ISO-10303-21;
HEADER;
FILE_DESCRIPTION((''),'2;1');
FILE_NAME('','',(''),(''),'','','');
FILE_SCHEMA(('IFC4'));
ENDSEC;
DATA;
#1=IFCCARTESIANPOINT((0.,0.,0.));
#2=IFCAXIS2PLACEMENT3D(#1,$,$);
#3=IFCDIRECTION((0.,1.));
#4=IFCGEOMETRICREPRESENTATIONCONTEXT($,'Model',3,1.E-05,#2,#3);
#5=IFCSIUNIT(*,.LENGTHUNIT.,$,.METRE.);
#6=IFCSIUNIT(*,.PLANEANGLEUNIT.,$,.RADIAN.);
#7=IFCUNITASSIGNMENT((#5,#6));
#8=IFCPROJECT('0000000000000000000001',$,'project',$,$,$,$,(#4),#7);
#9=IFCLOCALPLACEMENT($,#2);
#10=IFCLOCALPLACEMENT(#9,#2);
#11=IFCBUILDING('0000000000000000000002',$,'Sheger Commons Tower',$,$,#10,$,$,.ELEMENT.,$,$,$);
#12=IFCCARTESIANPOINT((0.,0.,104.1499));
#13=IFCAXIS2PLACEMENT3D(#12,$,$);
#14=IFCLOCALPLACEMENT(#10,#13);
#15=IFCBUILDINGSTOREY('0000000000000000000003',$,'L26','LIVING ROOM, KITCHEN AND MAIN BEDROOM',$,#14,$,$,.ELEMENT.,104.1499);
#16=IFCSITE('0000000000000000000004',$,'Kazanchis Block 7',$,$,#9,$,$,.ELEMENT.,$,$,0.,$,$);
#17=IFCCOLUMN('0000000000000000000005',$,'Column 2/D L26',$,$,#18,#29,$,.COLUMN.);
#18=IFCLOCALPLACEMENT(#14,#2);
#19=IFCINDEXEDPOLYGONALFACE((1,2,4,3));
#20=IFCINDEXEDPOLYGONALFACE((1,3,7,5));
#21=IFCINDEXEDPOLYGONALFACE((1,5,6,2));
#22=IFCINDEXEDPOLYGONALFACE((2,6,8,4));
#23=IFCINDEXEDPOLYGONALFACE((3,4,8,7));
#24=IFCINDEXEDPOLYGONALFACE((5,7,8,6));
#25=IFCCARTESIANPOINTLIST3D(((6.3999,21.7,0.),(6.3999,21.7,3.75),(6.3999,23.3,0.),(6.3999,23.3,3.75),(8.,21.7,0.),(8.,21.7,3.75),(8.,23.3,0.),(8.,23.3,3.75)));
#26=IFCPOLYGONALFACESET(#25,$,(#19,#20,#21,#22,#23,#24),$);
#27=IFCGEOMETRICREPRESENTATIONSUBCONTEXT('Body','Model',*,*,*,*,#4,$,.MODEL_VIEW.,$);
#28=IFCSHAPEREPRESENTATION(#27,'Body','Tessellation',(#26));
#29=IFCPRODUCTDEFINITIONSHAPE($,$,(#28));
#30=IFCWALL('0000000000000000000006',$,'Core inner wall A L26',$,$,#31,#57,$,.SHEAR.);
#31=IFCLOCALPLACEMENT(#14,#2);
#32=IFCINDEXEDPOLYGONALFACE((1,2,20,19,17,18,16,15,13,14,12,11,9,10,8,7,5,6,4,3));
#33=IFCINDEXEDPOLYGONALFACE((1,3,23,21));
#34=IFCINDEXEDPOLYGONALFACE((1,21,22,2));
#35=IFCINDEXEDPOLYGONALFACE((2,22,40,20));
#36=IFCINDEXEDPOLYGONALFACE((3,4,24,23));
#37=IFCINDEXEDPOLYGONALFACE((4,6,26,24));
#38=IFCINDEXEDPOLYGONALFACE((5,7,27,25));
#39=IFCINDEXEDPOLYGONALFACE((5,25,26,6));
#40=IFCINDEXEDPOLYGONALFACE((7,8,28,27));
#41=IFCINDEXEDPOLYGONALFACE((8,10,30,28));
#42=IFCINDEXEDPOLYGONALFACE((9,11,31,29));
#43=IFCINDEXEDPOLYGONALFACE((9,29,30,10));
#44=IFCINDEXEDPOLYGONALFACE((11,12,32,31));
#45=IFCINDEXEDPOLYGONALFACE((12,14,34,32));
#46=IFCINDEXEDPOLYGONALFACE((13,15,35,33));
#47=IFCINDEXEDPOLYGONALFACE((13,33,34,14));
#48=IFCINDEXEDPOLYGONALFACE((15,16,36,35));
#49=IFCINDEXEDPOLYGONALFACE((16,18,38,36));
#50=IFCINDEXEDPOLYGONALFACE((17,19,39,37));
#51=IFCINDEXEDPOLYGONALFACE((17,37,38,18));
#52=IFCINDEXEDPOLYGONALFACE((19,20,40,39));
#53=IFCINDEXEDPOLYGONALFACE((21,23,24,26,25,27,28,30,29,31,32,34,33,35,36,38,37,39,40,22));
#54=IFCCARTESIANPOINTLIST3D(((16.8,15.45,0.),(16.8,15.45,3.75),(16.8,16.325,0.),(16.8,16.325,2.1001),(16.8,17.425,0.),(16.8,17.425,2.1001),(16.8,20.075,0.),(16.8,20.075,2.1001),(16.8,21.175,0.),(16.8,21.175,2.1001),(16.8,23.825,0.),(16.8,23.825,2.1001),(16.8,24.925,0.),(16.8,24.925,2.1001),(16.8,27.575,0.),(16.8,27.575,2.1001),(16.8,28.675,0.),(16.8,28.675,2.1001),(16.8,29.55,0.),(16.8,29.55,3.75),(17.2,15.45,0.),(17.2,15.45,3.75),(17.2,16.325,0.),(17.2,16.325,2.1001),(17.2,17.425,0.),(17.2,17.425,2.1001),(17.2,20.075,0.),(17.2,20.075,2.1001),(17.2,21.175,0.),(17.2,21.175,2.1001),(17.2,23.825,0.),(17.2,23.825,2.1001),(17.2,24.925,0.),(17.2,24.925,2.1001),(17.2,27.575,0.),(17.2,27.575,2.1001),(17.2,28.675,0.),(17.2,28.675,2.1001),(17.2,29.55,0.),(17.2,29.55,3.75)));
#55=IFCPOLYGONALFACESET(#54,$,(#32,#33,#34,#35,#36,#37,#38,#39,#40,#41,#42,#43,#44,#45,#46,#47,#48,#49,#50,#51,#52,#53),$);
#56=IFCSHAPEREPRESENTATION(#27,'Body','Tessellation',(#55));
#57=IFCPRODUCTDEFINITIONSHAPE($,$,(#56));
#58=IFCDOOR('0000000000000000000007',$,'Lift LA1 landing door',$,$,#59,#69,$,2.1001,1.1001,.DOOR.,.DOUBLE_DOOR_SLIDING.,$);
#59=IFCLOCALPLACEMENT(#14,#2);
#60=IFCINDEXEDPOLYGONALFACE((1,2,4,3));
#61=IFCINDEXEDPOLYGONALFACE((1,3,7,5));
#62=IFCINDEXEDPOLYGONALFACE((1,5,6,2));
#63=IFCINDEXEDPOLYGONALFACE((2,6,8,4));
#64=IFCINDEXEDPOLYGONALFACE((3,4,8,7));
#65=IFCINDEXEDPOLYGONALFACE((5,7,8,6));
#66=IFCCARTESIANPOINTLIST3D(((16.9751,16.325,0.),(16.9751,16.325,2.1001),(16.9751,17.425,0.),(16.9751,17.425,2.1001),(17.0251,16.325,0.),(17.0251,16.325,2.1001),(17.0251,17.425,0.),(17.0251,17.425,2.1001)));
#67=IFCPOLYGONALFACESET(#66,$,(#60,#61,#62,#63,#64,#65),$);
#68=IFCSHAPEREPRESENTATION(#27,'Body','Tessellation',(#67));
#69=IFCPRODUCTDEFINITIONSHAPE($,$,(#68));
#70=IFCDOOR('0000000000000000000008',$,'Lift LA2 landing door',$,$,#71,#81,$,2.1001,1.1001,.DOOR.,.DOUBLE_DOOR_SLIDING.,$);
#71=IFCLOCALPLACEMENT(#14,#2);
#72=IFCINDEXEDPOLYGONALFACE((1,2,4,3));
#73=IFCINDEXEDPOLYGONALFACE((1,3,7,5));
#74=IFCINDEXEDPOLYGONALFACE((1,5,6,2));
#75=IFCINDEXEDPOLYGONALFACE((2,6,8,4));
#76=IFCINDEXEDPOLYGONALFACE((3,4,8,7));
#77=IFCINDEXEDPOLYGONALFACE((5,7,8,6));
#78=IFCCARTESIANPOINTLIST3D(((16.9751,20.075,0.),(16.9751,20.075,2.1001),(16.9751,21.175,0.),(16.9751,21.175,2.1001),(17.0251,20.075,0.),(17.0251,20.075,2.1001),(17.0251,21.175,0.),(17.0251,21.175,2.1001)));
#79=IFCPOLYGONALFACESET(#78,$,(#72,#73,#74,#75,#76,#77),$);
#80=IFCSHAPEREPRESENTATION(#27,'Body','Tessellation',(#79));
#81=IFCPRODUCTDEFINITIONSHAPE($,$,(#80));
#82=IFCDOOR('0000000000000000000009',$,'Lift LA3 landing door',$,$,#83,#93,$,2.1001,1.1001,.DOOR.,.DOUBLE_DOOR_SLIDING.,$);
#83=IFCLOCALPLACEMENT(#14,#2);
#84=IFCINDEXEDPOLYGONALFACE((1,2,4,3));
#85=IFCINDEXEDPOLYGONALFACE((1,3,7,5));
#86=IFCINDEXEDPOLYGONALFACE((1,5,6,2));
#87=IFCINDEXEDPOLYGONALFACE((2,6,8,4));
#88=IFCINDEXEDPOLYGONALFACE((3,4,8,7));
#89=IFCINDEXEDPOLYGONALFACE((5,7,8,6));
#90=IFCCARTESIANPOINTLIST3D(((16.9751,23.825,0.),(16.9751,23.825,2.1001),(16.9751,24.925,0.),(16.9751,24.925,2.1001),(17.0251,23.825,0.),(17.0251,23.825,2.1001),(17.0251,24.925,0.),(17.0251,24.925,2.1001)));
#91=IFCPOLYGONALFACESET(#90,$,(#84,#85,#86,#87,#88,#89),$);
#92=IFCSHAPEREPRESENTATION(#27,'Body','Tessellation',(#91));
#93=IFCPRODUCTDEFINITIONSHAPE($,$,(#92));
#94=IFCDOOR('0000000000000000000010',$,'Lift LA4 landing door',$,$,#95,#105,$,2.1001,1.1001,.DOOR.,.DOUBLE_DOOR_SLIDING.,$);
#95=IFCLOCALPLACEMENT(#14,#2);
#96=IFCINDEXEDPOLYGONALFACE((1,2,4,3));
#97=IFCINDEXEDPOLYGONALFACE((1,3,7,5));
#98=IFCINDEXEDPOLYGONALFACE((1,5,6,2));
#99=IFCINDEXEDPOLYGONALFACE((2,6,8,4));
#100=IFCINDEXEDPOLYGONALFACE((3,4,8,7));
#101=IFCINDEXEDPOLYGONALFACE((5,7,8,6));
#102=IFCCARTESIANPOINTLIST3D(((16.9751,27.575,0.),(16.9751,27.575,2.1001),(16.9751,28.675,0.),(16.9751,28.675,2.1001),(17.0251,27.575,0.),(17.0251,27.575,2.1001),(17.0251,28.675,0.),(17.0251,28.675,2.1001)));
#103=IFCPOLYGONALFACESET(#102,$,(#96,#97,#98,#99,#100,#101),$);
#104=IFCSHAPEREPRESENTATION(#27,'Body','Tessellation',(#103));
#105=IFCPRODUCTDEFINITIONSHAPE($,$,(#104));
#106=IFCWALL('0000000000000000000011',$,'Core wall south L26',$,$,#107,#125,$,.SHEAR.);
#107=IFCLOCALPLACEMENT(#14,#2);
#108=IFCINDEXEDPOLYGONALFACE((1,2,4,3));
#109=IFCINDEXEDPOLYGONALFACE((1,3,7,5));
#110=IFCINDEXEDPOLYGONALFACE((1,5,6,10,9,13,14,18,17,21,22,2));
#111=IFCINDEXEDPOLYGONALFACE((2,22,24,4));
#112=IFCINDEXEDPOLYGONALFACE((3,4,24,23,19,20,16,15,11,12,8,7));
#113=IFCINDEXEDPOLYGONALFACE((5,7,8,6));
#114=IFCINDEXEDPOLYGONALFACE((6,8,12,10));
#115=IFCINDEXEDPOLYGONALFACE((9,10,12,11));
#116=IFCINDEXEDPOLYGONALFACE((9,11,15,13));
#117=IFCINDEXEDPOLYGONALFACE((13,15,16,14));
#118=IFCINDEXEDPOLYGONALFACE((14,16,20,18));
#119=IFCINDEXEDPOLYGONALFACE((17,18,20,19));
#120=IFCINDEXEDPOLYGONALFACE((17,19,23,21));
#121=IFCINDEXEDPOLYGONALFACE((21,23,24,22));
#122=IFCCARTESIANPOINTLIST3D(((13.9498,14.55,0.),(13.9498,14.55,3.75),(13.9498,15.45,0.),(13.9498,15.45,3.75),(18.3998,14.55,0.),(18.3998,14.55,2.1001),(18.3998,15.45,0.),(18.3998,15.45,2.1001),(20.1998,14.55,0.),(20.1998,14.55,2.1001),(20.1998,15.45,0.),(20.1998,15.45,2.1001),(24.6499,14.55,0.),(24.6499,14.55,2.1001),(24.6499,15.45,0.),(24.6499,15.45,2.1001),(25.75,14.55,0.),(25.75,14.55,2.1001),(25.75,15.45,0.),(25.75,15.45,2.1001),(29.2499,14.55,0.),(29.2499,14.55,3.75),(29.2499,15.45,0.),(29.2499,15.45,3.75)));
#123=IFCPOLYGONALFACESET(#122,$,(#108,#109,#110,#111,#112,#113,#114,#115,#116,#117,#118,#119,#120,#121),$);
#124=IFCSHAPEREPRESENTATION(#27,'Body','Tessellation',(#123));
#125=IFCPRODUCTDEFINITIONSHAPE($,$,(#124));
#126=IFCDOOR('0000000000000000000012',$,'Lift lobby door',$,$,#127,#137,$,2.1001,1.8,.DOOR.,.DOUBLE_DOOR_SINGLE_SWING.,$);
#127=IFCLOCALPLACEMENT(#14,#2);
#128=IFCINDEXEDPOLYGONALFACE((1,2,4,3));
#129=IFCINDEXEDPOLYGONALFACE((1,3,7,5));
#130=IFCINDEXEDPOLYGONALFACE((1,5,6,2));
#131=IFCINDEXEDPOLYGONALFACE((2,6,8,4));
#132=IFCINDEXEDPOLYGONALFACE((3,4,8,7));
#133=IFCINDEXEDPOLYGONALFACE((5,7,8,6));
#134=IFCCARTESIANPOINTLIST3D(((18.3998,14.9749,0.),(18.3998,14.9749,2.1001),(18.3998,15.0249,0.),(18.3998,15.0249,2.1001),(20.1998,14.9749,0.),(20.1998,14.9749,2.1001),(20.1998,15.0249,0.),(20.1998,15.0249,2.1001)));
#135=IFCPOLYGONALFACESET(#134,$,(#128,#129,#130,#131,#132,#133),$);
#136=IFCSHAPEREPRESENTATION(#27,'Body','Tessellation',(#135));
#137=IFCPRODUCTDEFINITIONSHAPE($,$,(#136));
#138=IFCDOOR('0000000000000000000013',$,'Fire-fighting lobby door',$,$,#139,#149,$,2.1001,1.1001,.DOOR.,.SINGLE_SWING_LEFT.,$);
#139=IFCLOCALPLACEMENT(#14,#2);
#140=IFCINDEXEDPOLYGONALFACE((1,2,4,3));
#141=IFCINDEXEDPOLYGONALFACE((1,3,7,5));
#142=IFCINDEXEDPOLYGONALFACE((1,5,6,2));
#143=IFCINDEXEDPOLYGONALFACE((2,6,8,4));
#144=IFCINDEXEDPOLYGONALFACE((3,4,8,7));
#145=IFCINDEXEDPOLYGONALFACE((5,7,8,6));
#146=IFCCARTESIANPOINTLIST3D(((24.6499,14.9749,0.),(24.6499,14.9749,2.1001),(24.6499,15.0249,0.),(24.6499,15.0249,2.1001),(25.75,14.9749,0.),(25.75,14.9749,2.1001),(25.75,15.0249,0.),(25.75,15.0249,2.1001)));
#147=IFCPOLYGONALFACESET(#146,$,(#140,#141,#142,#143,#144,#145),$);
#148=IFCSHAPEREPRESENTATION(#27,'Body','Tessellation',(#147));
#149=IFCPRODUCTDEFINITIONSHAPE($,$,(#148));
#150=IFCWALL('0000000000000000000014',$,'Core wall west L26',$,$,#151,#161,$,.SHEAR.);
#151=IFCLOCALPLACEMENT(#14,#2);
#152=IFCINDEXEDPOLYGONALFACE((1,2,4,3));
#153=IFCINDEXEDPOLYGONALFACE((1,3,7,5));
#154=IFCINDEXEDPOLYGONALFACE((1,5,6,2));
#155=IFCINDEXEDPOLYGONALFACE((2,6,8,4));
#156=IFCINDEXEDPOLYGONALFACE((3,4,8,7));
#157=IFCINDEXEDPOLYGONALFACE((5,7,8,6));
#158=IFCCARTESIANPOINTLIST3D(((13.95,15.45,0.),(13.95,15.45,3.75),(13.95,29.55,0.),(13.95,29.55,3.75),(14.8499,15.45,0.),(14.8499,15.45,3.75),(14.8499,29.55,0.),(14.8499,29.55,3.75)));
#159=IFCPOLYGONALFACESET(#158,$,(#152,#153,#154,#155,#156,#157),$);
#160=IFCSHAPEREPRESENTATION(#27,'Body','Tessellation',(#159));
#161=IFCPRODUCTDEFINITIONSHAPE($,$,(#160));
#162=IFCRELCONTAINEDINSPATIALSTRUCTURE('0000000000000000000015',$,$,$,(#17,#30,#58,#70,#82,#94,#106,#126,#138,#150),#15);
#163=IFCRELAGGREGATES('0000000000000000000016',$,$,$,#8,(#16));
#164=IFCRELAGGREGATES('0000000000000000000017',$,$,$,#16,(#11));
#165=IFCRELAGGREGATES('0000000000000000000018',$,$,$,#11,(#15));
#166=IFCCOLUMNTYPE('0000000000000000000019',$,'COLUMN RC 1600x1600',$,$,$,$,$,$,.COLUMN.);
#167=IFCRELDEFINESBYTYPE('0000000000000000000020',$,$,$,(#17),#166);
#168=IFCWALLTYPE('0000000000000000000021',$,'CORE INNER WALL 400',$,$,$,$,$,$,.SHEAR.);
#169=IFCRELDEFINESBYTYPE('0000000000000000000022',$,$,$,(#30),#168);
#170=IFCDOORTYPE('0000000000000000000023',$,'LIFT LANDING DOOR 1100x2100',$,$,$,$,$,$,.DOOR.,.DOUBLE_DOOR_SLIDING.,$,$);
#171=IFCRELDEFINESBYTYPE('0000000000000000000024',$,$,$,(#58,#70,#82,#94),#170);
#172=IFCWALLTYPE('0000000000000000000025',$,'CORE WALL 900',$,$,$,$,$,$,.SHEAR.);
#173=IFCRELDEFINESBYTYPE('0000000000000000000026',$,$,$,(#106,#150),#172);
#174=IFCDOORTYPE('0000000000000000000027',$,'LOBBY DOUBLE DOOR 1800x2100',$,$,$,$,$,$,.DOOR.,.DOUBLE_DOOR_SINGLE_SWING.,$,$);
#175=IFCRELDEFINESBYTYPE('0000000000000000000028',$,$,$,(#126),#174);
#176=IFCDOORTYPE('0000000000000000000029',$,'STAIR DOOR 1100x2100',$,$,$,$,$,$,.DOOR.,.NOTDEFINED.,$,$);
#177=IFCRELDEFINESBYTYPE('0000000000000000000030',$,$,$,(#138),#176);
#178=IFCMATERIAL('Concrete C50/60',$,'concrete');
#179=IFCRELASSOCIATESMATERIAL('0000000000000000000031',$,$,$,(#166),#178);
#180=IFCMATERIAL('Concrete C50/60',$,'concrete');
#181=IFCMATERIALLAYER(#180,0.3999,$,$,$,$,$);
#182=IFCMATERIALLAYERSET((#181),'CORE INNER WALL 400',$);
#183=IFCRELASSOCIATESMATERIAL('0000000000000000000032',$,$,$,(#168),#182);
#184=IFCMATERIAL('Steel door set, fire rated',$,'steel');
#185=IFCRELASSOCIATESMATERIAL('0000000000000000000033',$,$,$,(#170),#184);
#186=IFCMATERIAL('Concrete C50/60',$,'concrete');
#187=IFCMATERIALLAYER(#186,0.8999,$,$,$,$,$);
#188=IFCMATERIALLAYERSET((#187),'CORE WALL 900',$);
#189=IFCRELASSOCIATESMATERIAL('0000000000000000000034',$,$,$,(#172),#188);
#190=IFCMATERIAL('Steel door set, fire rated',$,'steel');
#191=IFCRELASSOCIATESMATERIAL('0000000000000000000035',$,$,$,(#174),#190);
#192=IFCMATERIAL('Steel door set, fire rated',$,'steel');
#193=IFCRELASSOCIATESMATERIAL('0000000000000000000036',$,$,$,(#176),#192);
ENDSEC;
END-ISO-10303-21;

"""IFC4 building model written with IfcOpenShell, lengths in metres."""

from ifc_helpers import new_model, si_unit, direction, frame, frame_2d, origin, origin_2d, place, context, subcontext, project, spatial, rectangle, extrude, material, layer, layer_set, material_profile, profile_set, type_object, element, fill, save


model = new_model("IFC4")

# Units and contexts
model_context = context("Model", 3, precision=1e-05, world=origin(), true_north=direction((0.0, 1.0)))
body_context = subcontext(model_context, "Body", "Model", "MODEL_VIEW")
ifc_project = project(units=[si_unit("LENGTHUNIT", "METRE"), si_unit("PLANEANGLEUNIT", "RADIAN")], contexts=[model_context])

# Site, building, storey
site_placement = place(None, origin())
site = spatial("IfcSite", under=ifc_project, at=site_placement, Name="Kazanchis Block 7", CompositionType="ELEMENT", RefElevation=0.0)
building_placement = place(site_placement, origin())
building = spatial("IfcBuilding", under=site, at=building_placement, Name="Sheger Commons Tower", CompositionType="ELEMENT")
storey_placement = place(building_placement, frame((0.0, 0.0, 104.1499)))
storey = spatial("IfcBuildingStorey", under=building, at=storey_placement, Name="L26", Description="LIVING ROOM, KITCHEN AND MAIN BEDROOM", CompositionType="ELEMENT", Elevation=104.1499)

# Column
ifc_material_1 = material(Name="Concrete C50/60", Category="concrete")
ifc_material_profile = material_profile(ifc_material_1, rectangle(XDim=1.6001, YDim=1.6001, at=origin_2d()), Name="RC 1600x1600")
ifc_profile_set = profile_set([ifc_material_profile], Name="Concrete C50/60")
column_type = type_object("IfcColumnType", Name="COLUMN RC 1600x1600", PredefinedType="COLUMN", material=ifc_profile_set)
column_placement = place(storey_placement, frame((7.2, 22.5, 0.0), z_axis=(0.0, 0.0, 1.0), x_axis=(1.0, 0.0, 0.0)))
element("IfcColumn", 1, at=column_placement, inside=storey, type_object=column_type, Name="Column 2/D L26", PredefinedType="COLUMN", context=body_context, shape_type="SweptSolid", body=[
    extrude(rectangle(XDim=1.6001, YDim=1.6001, at=origin_2d()), origin(), (0.0, 0.0, 1.0), 3.75),
])

# Walls, openings, doors
ifc_material_2 = material(Name="Concrete C50/60", Category="concrete")
ifc_layer_1 = layer(ifc_material_2, 0.3999)
ifc_layer_set_1 = layer_set([ifc_layer_1], Name="CORE INNER WALL 400")
wall_type_1 = type_object("IfcWallType", Name="CORE INNER WALL 400", PredefinedType="SHEAR", material=ifc_layer_set_1)
wall_1_placement = place(storey_placement, frame((17.0, 15.45, 0.0), z_axis=(0.0, 0.0, 1.0), x_axis=(0.0, 1.0, 0.0)))
wall_1 = element("IfcWall", 2, at=wall_1_placement, inside=storey, type_object=wall_type_1, Name="Core inner wall A L26", PredefinedType="SHEAR", context=body_context, shape_type="SweptSolid", body=[
    extrude(rectangle(XDim=14.1001, YDim=0.3999, at=frame_2d((7.05, 0.0))), origin(), (0.0, 0.0, 1.0), 3.75),
])
opening_1_placement = place(wall_1_placement, frame((0.875, 0.0, 0.0)))
opening_1 = element("IfcOpeningElement", 3, at=opening_1_placement, cuts=wall_1, PredefinedType="OPENING", context=body_context, shape_type="SweptSolid", body=[
    extrude(rectangle(XDim=1.1001, YDim=2.1001, at=frame_2d((0.55, 1.05))), frame((0.0, 0.21, 0.0), z_axis=(0.0, -1.0, 0.0), x_axis=(1.0, 0.0, 0.0)), (0.0, 0.0, 1.0), 0.4199),
])
opening_2_placement = place(wall_1_placement, frame((4.625, 0.0, 0.0)))
opening_2 = element("IfcOpeningElement", 4, at=opening_2_placement, cuts=wall_1, PredefinedType="OPENING", context=body_context, shape_type="SweptSolid", body=[
    extrude(rectangle(XDim=1.1001, YDim=2.1001, at=frame_2d((0.55, 1.05))), frame((0.0, 0.21, 0.0), z_axis=(0.0, -1.0, 0.0), x_axis=(1.0, 0.0, 0.0)), (0.0, 0.0, 1.0), 0.4199),
])
opening_3_placement = place(wall_1_placement, frame((8.375, 0.0, 0.0)))
opening_3 = element("IfcOpeningElement", 5, at=opening_3_placement, cuts=wall_1, PredefinedType="OPENING", context=body_context, shape_type="SweptSolid", body=[
    extrude(rectangle(XDim=1.1001, YDim=2.1001, at=frame_2d((0.55, 1.05))), frame((0.0, 0.21, 0.0), z_axis=(0.0, -1.0, 0.0), x_axis=(1.0, 0.0, 0.0)), (0.0, 0.0, 1.0), 0.4199),
])
opening_4_placement = place(wall_1_placement, frame((12.125, 0.0, 0.0)))
opening_4 = element("IfcOpeningElement", 6, at=opening_4_placement, cuts=wall_1, PredefinedType="OPENING", context=body_context, shape_type="SweptSolid", body=[
    extrude(rectangle(XDim=1.1001, YDim=2.1001, at=frame_2d((0.55, 1.05))), frame((0.0, 0.21, 0.0), z_axis=(0.0, -1.0, 0.0), x_axis=(1.0, 0.0, 0.0)), (0.0, 0.0, 1.0), 0.4199),
])
ifc_material_3 = material(Name="Steel door set, fire rated", Category="steel")
door_type_1 = type_object("IfcDoorType", Name="LIFT LANDING DOOR 1100x2100", OperationType="DOUBLE_DOOR_SLIDING", PredefinedType="DOOR", material=ifc_material_3)
door_1_placement = place(opening_1_placement, origin())
door_1 = element("IfcDoor", 7, at=door_1_placement, inside=storey, type_object=door_type_1, Name="Lift LA1 landing door", OperationType="DOUBLE_DOOR_SLIDING", OverallHeight=2.1001, OverallWidth=1.1001, PredefinedType="DOOR", context=body_context, shape_type="SweptSolid", body=[
    extrude(rectangle(XDim=1.1001, YDim=2.1001, at=frame_2d((0.55, 1.05))), frame((0.0, 0.0249, 0.0), z_axis=(0.0, -1.0, 0.0), x_axis=(1.0, 0.0, 0.0)), (0.0, 0.0, 1.0), 0.05),
])
fill(opening_1, door_1)
door_2_placement = place(opening_2_placement, origin())
door_2 = element("IfcDoor", 8, at=door_2_placement, inside=storey, type_object=door_type_1, Name="Lift LA2 landing door", OperationType="DOUBLE_DOOR_SLIDING", OverallHeight=2.1001, OverallWidth=1.1001, PredefinedType="DOOR", context=body_context, shape_type="SweptSolid", body=[
    extrude(rectangle(XDim=1.1001, YDim=2.1001, at=frame_2d((0.55, 1.05))), frame((0.0, 0.0249, 0.0), z_axis=(0.0, -1.0, 0.0), x_axis=(1.0, 0.0, 0.0)), (0.0, 0.0, 1.0), 0.05),
])
fill(opening_2, door_2)
door_3_placement = place(opening_3_placement, origin())
door_3 = element("IfcDoor", 9, at=door_3_placement, inside=storey, type_object=door_type_1, Name="Lift LA3 landing door", OperationType="DOUBLE_DOOR_SLIDING", OverallHeight=2.1001, OverallWidth=1.1001, PredefinedType="DOOR", context=body_context, shape_type="SweptSolid", body=[
    extrude(rectangle(XDim=1.1001, YDim=2.1001, at=frame_2d((0.55, 1.05))), frame((0.0, 0.0249, 0.0), z_axis=(0.0, -1.0, 0.0), x_axis=(1.0, 0.0, 0.0)), (0.0, 0.0, 1.0), 0.05),
])
fill(opening_3, door_3)
door_4_placement = place(opening_4_placement, origin())
door_4 = element("IfcDoor", 10, at=door_4_placement, inside=storey, type_object=door_type_1, Name="Lift LA4 landing door", OperationType="DOUBLE_DOOR_SLIDING", OverallHeight=2.1001, OverallWidth=1.1001, PredefinedType="DOOR", context=body_context, shape_type="SweptSolid", body=[
    extrude(rectangle(XDim=1.1001, YDim=2.1001, at=frame_2d((0.55, 1.05))), frame((0.0, 0.0249, 0.0), z_axis=(0.0, -1.0, 0.0), x_axis=(1.0, 0.0, 0.0)), (0.0, 0.0, 1.0), 0.05),
])
fill(opening_4, door_4)
ifc_material_4 = material(Name="Concrete C50/60", Category="concrete")
ifc_layer_2 = layer(ifc_material_4, 0.8999)
ifc_layer_set_2 = layer_set([ifc_layer_2], Name="CORE WALL 900")
wall_type_2 = type_object("IfcWallType", Name="CORE WALL 900", PredefinedType="SHEAR", material=ifc_layer_set_2)
wall_2_placement = place(storey_placement, frame((13.95, 15.0, 0.0), z_axis=(0.0, 0.0, 1.0), x_axis=(1.0, 0.0, 0.0)))
wall_2 = element("IfcWall", 11, at=wall_2_placement, inside=storey, type_object=wall_type_2, Name="Core wall south L26", PredefinedType="SHEAR", context=body_context, shape_type="SweptSolid", body=[
    extrude(rectangle(XDim=15.3, YDim=0.8999, at=frame_2d((7.6499, 0.0))), origin(), (0.0, 0.0, 1.0), 3.75),
])
opening_5_placement = place(wall_2_placement, frame((4.45, 0.0, 0.0)))
opening_5 = element("IfcOpeningElement", 12, at=opening_5_placement, cuts=wall_2, PredefinedType="OPENING", context=body_context, shape_type="SweptSolid", body=[
    extrude(rectangle(XDim=1.8, YDim=2.1001, at=frame_2d((0.8999, 1.05))), frame((0.0, 0.46, 0.0), z_axis=(0.0, -1.0, 0.0), x_axis=(1.0, 0.0, 0.0)), (0.0, 0.0, 1.0), 0.9199),
])
opening_6_placement = place(wall_2_placement, frame((10.7, 0.0, 0.0)))
opening_6 = element("IfcOpeningElement", 13, at=opening_6_placement, cuts=wall_2, PredefinedType="OPENING", context=body_context, shape_type="SweptSolid", body=[
    extrude(rectangle(XDim=1.1001, YDim=2.1001, at=frame_2d((0.55, 1.05))), frame((0.0, 0.46, 0.0), z_axis=(0.0, -1.0, 0.0), x_axis=(1.0, 0.0, 0.0)), (0.0, 0.0, 1.0), 0.9199),
])
ifc_material_5 = material(Name="Steel door set, fire rated", Category="steel")
door_type_2 = type_object("IfcDoorType", Name="LOBBY DOUBLE DOOR 1800x2100", OperationType="DOUBLE_DOOR_SINGLE_SWING", PredefinedType="DOOR", material=ifc_material_5)
door_5_placement = place(opening_5_placement, origin())
door_5 = element("IfcDoor", 14, at=door_5_placement, inside=storey, type_object=door_type_2, Name="Lift lobby door", OperationType="DOUBLE_DOOR_SINGLE_SWING", OverallHeight=2.1001, OverallWidth=1.8, PredefinedType="DOOR", context=body_context, shape_type="SweptSolid", body=[
    extrude(rectangle(XDim=1.8, YDim=2.1001, at=frame_2d((0.8999, 1.05))), frame((0.0, 0.0249, 0.0), z_axis=(0.0, -1.0, 0.0), x_axis=(1.0, 0.0, 0.0)), (0.0, 0.0, 1.0), 0.05),
])
fill(opening_5, door_5)
ifc_material_6 = material(Name="Steel door set, fire rated", Category="steel")
door_type_3 = type_object("IfcDoorType", Name="STAIR DOOR 1100x2100", OperationType="NOTDEFINED", PredefinedType="DOOR", material=ifc_material_6)
door_6_placement = place(opening_6_placement, origin())
door_6 = element("IfcDoor", 15, at=door_6_placement, inside=storey, type_object=door_type_3, Name="Fire-fighting lobby door", OperationType="SINGLE_SWING_LEFT", OverallHeight=2.1001, OverallWidth=1.1001, PredefinedType="DOOR", context=body_context, shape_type="SweptSolid", body=[
    extrude(rectangle(XDim=1.1001, YDim=2.1001, at=frame_2d((0.55, 1.05))), frame((0.0, 0.0249, 0.0), z_axis=(0.0, -1.0, 0.0), x_axis=(1.0, 0.0, 0.0)), (0.0, 0.0, 1.0), 0.05),
])
fill(opening_6, door_6)

# Wall
wall_3_placement = place(storey_placement, frame((14.3999, 15.45, 0.0), z_axis=(0.0, 0.0, 1.0), x_axis=(0.0, 1.0, 0.0)))
element("IfcWall", 16, at=wall_3_placement, inside=storey, type_object=wall_type_2, Name="Core wall west L26", PredefinedType="SHEAR", context=body_context, shape_type="SweptSolid", body=[
    extrude(rectangle(XDim=14.1001, YDim=0.8999, at=frame_2d((7.05, 0.0))), origin(), (0.0, 0.0, 1.0), 3.75),
])

save(model, "model.ifc")
